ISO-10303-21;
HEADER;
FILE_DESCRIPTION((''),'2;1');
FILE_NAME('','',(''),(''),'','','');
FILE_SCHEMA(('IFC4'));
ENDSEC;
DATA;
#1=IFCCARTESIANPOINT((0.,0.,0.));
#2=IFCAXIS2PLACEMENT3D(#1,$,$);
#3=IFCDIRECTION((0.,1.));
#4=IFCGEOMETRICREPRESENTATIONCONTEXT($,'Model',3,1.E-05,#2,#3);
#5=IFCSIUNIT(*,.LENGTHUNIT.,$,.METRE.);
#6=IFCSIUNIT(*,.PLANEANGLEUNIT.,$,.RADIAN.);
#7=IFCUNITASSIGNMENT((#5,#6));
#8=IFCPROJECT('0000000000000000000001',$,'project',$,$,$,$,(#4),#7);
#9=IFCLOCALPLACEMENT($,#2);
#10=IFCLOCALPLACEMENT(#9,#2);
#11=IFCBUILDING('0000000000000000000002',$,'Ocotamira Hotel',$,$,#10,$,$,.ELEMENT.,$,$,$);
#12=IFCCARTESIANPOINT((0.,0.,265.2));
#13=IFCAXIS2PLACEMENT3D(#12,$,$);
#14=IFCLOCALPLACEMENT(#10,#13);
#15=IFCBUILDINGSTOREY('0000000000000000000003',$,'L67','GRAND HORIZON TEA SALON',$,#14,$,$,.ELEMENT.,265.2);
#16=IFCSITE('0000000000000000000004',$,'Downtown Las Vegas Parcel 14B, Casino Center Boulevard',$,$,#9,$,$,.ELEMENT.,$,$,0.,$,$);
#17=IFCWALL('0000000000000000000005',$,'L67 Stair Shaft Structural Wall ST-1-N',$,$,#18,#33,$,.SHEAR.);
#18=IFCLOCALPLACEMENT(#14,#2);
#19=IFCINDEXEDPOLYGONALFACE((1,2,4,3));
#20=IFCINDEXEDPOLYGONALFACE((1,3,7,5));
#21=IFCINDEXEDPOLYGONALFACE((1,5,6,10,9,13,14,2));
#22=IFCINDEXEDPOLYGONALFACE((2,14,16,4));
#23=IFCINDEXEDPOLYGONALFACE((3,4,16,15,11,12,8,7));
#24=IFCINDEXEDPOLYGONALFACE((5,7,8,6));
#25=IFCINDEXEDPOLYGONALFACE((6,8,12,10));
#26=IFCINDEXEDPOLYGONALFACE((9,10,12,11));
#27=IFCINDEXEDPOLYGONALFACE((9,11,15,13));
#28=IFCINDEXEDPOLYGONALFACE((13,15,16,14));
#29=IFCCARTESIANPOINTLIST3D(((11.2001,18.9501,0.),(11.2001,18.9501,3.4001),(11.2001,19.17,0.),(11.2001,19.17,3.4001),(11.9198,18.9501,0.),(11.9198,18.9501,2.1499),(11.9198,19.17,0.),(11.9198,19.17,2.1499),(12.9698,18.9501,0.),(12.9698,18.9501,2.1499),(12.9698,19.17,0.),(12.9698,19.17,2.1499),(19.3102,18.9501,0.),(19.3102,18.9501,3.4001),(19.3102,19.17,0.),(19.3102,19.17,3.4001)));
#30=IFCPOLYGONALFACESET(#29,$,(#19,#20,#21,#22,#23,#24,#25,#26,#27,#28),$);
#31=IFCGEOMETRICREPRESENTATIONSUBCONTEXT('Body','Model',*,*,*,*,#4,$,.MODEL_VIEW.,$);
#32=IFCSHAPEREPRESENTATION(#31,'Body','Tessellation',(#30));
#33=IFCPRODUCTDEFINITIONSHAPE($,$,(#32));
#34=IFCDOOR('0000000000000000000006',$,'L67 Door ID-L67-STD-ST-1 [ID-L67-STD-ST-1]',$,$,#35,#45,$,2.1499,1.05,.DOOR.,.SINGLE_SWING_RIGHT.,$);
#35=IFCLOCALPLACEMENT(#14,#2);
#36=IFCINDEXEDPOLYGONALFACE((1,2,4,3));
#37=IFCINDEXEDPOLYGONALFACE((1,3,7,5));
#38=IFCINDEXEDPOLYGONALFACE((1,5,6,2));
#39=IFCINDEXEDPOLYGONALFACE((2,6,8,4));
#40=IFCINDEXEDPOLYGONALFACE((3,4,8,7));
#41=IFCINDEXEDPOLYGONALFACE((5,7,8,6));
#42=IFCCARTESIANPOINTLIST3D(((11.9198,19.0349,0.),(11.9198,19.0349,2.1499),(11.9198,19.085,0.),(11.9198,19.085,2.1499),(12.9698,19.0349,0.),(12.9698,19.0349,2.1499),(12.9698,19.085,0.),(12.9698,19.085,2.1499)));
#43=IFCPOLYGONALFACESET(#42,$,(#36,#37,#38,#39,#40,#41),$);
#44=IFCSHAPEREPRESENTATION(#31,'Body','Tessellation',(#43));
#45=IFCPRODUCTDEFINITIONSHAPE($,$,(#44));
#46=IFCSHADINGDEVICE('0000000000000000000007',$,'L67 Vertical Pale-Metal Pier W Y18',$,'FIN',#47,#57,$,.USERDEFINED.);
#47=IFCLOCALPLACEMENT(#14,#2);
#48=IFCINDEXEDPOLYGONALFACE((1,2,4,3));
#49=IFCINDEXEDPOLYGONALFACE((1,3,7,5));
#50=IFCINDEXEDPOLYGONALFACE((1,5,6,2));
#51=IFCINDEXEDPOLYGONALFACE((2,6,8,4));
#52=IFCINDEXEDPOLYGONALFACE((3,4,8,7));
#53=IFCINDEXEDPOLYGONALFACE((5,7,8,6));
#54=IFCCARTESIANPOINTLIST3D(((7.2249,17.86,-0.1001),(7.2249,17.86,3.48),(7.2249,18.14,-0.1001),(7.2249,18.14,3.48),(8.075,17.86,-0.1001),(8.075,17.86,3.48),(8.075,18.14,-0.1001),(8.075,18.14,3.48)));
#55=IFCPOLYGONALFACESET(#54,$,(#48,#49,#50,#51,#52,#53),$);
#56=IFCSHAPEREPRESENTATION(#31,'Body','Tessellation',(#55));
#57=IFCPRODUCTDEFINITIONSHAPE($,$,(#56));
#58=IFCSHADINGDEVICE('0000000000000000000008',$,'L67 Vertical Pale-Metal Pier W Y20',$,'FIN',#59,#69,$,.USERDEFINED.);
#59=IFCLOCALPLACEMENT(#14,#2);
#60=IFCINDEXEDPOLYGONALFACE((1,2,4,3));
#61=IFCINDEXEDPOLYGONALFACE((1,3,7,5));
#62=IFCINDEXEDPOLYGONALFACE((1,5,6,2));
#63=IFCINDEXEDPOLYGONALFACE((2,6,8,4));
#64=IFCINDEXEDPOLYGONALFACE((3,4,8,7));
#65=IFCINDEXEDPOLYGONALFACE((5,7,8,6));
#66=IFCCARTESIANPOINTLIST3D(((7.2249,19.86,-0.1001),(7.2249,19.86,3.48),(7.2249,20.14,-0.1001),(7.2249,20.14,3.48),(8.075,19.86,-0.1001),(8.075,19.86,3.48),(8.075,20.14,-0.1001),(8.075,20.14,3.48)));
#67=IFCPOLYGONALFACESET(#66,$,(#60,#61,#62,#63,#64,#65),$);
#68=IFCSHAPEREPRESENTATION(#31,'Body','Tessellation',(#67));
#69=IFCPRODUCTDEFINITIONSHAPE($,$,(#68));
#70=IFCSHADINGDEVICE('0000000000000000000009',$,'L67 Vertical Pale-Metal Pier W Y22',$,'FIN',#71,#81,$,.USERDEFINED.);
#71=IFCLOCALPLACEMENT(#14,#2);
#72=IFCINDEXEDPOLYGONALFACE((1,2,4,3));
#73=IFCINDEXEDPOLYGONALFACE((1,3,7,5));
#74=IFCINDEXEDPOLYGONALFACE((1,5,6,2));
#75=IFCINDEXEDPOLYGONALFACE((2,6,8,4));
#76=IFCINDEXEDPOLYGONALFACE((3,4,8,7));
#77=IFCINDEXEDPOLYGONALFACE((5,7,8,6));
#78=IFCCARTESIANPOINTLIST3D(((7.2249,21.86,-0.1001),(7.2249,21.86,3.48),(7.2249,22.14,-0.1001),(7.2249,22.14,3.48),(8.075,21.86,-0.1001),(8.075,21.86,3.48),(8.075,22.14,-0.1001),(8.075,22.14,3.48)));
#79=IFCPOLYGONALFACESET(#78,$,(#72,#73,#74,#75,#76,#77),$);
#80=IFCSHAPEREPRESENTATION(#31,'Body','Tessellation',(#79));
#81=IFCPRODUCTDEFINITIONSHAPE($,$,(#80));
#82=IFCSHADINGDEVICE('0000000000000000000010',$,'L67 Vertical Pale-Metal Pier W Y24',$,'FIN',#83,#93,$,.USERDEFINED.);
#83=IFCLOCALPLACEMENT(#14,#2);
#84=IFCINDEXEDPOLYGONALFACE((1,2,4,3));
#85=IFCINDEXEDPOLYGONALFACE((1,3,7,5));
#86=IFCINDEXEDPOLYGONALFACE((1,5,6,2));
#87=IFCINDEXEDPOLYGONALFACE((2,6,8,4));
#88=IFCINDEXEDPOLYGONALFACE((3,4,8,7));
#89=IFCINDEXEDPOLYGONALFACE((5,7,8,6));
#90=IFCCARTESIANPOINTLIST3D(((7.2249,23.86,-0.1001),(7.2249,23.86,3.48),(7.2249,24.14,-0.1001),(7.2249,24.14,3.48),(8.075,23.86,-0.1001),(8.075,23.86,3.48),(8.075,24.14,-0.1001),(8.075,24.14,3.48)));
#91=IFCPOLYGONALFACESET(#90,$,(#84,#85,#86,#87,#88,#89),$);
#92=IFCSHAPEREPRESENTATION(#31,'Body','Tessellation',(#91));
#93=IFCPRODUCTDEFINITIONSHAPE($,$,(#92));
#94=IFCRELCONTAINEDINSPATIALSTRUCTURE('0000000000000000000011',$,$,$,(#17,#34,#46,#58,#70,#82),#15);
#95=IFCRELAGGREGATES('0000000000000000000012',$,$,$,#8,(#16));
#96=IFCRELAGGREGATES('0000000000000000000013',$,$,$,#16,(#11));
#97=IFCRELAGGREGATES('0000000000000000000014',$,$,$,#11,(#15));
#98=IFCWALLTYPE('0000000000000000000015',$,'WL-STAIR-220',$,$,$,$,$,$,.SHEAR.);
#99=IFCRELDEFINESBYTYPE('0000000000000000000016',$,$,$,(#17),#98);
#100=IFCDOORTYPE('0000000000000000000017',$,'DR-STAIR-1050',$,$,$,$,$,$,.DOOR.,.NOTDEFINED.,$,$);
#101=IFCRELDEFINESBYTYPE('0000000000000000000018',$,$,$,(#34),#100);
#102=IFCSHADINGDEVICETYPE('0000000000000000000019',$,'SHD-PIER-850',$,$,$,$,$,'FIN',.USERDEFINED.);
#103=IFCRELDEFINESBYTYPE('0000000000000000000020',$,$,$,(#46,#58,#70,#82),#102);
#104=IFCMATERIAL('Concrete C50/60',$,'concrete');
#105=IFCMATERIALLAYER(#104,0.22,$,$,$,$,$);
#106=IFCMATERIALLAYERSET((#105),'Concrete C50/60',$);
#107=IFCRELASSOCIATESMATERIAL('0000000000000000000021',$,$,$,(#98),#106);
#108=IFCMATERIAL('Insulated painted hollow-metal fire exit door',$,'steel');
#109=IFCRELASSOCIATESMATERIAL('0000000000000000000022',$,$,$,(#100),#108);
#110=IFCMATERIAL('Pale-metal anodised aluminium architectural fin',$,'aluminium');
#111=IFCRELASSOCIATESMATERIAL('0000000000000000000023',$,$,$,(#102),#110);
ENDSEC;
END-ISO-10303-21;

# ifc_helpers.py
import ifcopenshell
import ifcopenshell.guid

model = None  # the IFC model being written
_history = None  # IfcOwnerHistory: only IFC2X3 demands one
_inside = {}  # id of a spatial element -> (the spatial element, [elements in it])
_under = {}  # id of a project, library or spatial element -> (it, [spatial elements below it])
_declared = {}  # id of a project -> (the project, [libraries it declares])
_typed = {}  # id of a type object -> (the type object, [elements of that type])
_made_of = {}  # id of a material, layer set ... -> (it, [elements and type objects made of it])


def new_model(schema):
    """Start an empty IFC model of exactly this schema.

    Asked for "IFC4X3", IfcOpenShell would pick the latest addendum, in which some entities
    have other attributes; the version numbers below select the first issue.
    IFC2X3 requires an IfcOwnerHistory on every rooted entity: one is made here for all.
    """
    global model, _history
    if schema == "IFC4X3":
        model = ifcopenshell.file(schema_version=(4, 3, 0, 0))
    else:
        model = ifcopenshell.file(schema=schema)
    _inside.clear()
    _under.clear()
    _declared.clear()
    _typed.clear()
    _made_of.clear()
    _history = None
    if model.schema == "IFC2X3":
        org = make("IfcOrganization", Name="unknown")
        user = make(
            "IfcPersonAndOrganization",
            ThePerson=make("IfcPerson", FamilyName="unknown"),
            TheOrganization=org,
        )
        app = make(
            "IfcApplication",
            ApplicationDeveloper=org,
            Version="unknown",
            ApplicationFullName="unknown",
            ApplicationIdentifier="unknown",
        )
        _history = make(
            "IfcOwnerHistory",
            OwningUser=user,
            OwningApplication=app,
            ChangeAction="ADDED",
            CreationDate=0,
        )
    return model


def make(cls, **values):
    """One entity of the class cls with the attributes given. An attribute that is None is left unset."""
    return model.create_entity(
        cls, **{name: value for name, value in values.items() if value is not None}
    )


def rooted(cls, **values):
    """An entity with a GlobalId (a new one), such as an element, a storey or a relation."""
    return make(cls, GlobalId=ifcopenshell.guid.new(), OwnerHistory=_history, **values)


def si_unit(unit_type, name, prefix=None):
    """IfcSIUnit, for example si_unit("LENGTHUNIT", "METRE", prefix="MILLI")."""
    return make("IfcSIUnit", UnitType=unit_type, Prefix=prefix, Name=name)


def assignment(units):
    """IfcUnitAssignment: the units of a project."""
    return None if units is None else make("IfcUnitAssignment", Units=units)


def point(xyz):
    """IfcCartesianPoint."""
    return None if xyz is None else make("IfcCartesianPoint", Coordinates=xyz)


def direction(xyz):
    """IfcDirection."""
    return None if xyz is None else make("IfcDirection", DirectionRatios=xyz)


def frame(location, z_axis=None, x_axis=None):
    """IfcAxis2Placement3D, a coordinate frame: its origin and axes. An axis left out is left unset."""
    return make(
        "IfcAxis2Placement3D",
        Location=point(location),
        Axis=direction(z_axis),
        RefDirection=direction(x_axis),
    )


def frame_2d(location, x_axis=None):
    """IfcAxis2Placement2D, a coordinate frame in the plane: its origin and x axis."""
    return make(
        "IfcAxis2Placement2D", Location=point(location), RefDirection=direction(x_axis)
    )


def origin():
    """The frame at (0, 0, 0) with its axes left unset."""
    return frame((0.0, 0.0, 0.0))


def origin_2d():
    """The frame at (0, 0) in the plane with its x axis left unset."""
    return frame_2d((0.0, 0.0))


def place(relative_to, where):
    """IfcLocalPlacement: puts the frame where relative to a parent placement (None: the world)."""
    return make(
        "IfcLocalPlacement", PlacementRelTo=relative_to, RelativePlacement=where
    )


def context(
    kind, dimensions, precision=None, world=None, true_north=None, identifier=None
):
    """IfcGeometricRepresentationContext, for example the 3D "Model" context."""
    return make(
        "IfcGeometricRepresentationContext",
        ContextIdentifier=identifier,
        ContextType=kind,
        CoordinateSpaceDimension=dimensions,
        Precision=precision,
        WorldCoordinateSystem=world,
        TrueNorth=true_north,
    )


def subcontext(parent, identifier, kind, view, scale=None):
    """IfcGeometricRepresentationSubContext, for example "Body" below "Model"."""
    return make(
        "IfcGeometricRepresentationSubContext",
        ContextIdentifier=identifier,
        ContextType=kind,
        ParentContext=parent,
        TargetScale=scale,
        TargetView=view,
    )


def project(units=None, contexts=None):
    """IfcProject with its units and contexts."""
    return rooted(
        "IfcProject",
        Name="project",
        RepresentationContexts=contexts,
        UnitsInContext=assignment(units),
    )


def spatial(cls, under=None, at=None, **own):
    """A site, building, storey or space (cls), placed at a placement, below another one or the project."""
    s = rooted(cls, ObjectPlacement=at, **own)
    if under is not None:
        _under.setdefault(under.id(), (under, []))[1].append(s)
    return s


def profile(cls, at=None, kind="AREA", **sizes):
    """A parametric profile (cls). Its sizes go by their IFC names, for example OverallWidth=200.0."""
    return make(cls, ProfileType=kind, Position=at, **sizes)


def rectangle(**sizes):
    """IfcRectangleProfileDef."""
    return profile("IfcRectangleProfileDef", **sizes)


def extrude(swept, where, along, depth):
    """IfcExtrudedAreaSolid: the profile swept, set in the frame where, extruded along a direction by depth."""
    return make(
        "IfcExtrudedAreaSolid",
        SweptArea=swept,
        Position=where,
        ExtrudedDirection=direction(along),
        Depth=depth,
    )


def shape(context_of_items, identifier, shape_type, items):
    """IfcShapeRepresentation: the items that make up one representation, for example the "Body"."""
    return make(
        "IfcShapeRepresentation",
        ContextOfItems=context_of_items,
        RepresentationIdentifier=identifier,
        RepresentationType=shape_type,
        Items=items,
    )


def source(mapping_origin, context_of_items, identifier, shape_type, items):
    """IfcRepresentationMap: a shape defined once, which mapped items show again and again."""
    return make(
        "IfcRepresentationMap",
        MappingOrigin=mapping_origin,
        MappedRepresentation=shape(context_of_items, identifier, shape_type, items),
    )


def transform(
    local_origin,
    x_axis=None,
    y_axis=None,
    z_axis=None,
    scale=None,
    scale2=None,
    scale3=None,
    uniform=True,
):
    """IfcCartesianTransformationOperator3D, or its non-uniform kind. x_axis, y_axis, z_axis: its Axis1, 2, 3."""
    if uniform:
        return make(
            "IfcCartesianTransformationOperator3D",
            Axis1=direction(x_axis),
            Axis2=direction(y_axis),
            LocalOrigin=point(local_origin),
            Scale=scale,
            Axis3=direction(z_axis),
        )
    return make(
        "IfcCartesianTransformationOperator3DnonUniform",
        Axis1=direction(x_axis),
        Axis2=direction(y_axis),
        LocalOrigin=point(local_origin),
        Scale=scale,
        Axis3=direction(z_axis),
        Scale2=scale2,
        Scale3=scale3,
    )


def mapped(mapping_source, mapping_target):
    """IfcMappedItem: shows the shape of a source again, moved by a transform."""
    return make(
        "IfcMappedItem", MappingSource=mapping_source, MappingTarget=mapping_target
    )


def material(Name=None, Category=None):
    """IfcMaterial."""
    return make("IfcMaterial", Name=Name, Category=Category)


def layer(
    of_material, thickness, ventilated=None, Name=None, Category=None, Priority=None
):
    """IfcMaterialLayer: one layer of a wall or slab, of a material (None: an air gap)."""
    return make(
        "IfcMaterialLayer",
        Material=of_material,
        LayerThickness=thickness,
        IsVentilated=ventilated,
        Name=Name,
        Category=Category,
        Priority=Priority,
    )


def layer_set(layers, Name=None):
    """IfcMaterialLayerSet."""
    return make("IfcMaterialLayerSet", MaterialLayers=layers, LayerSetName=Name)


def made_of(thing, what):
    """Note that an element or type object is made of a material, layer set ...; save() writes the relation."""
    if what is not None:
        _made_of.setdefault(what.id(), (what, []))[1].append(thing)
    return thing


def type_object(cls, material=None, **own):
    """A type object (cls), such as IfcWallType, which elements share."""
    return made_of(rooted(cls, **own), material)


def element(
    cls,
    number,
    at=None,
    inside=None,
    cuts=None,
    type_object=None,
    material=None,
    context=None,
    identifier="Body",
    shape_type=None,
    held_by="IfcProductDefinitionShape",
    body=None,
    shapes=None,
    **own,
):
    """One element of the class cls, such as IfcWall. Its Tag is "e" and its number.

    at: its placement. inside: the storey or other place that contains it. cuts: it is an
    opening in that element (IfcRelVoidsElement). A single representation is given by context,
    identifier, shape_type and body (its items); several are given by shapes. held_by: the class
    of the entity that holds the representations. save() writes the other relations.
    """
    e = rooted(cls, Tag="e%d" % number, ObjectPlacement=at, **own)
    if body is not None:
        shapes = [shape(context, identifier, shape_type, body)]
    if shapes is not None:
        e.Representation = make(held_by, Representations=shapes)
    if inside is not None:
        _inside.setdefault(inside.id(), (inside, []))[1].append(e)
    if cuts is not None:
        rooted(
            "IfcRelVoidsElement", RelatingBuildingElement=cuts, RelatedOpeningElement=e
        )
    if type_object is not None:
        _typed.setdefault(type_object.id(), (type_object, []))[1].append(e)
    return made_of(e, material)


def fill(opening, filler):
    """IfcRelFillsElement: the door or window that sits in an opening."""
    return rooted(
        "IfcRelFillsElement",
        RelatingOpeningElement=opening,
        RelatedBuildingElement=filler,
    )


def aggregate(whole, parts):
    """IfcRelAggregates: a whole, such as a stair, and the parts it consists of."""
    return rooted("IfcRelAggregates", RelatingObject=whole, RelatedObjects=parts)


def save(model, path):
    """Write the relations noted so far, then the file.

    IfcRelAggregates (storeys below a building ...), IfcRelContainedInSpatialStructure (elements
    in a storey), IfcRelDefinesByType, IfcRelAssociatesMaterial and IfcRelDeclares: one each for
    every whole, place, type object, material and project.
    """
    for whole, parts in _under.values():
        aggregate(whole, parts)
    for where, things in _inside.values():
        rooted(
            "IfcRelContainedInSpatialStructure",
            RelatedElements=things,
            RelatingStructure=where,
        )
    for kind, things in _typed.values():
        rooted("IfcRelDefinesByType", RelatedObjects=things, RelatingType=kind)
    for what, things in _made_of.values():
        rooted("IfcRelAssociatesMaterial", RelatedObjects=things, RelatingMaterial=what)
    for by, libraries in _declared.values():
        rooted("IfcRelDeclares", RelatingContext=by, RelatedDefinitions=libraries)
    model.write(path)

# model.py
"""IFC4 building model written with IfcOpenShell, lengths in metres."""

from ifc_helpers import new_model, si_unit, direction, frame, frame_2d, origin, origin_2d, place, context, subcontext, project, spatial, rectangle, extrude, source, transform, mapped, material, layer, layer_set, type_object, element, fill, save


model = new_model("IFC4")

# Units and contexts
model_context = context("Model", 3, precision=1e-05, world=origin(), true_north=direction((0.0, 1.0)))
body_context = subcontext(model_context, "Body", "Model", "MODEL_VIEW")
ifc_project = project(units=[si_unit("LENGTHUNIT", "METRE"), si_unit("PLANEANGLEUNIT", "RADIAN")], contexts=[model_context])

# Site, building, storey
site_placement = place(None, origin())
site = spatial("IfcSite", under=ifc_project, at=site_placement, Name="Downtown Las Vegas Parcel 14B, Casino Center Boulevard", CompositionType="ELEMENT", RefElevation=0.0)
building_placement = place(site_placement, origin())
building = spatial("IfcBuilding", under=site, at=building_placement, Name="Ocotamira Hotel", CompositionType="ELEMENT")
storey_placement = place(building_placement, frame((0.0, 0.0, 265.2)))
storey = spatial("IfcBuildingStorey", under=building, at=storey_placement, Name="L67", Description="GRAND HORIZON TEA SALON", CompositionType="ELEMENT", Elevation=265.2)

# Shared definitions
ifc_material_1 = material(Name="Concrete C50/60", Category="concrete")

# Wall, opening, door
ifc_layer_1 = layer(ifc_material_1, 0.22)
ifc_layer_set_1 = layer_set([ifc_layer_1], Name="Concrete C50/60")
wall_type_1 = type_object("IfcWallType", Name="WL-STAIR-220", PredefinedType="SHEAR", material=ifc_layer_set_1)
wall_1_placement = place(storey_placement, frame((11.2, 19.0601, 0.0), z_axis=(0.0, 0.0, 1.0), x_axis=(1.0, 0.0, 0.0)))
wall_1 = element("IfcWall", 1, at=wall_1_placement, inside=storey, type_object=wall_type_1, Name="L67 Stair Shaft Structural Wall ST-1-N", PredefinedType="SHEAR", context=body_context, shape_type="SweptSolid", body=[
    extrude(rectangle(XDim=8.1101, YDim=0.22, at=frame_2d((4.0552, 0.0))), origin(), (0.0, 0.0, 1.0), 3.4001),
])
opening_1_placement = place(wall_1_placement, frame((0.72, 0.0, 0.0)))
opening_1 = element("IfcOpeningElement", 2, at=opening_1_placement, cuts=wall_1, PredefinedType="OPENING", context=body_context, shape_type="SweptSolid", body=[
    extrude(rectangle(XDim=1.05, YDim=2.1499, at=frame_2d((0.5249, 1.075))), frame((0.0, 0.1201, 0.0), z_axis=(0.0, -1.0, 0.0), x_axis=(1.0, 0.0, 0.0)), (0.0, 0.0, 1.0), 0.24),
])
ifc_material_2 = material(Name="Insulated painted hollow-metal fire exit door", Category="steel")
door_type_1 = type_object("IfcDoorType", Name="DR-STAIR-1050", OperationType="NOTDEFINED", PredefinedType="DOOR", material=ifc_material_2)
shared_shape_1 = source(origin(), body_context, "Body", "SweptSolid", [
    extrude(rectangle(XDim=1.05, YDim=2.1499, at=frame_2d((0.5249, 1.075))), frame((0.0, 0.0249, 0.0), z_axis=(0.0, -1.0, 0.0), x_axis=(1.0, 0.0, 0.0)), (0.0, 0.0, 1.0), 0.05),
])
door_1_placement = place(opening_1_placement, origin())
door_1 = element("IfcDoor", 3, at=door_1_placement, inside=storey, type_object=door_type_1, Name="L67 Door ID-L67-STD-ST-1 [ID-L67-STD-ST-1]", OperationType="SINGLE_SWING_RIGHT", OverallHeight=2.1499, OverallWidth=1.05, PredefinedType="DOOR", context=body_context, shape_type="MappedRepresentation", body=[
    mapped(shared_shape_1, transform((0.0, 0.0, 0.0), scale=1.0)),
])
fill(opening_1, door_1)

# Shading devices
ifc_material_3 = material(Name="Pale-metal anodised aluminium architectural fin", Category="aluminium")
shading_device_type = type_object("IfcShadingDeviceType", Name="SHD-PIER-850", ElementType="FIN", PredefinedType="USERDEFINED", material=ifc_material_3)
shared_shape_2 = source(origin(), body_context, "Body", "SweptSolid", [
    extrude(rectangle(XDim=0.8501, YDim=0.28, at=origin_2d()), origin(), (0.0, 0.0, 1.0), 3.5801),
])
for number, where, z_axis, x_axis, name in (
    (4, (7.6499, 18.0, -0.1001), (0.0, 0.0, 1.0), (1.0, 0.0, 0.0), "L67 Vertical Pale-Metal Pier W Y18"),
    (5, (7.6499, 20.0, -0.1001), (0.0, 0.0, 1.0), (1.0, 0.0, 0.0), "L67 Vertical Pale-Metal Pier W Y20"),
    (6, (7.6499, 22.0, -0.1001), (0.0, 0.0, 1.0), (1.0, 0.0, 0.0), "L67 Vertical Pale-Metal Pier W Y22"),
    (7, (7.6499, 24.0, -0.1001), (0.0, 0.0, 1.0), (1.0, 0.0, 0.0), "L67 Vertical Pale-Metal Pier W Y24"),
):
    element("IfcShadingDevice", number, at=place(storey_placement, frame(where, z_axis=z_axis, x_axis=x_axis)), inside=storey, type_object=shading_device_type, Name=name, ObjectType="FIN", PredefinedType="USERDEFINED", context=body_context, shape_type="MappedRepresentation", body=[
        mapped(shared_shape_2, transform((0.0, 0.0, 0.0), scale=1.0)),
    ])

save(model, "model.ifc")
